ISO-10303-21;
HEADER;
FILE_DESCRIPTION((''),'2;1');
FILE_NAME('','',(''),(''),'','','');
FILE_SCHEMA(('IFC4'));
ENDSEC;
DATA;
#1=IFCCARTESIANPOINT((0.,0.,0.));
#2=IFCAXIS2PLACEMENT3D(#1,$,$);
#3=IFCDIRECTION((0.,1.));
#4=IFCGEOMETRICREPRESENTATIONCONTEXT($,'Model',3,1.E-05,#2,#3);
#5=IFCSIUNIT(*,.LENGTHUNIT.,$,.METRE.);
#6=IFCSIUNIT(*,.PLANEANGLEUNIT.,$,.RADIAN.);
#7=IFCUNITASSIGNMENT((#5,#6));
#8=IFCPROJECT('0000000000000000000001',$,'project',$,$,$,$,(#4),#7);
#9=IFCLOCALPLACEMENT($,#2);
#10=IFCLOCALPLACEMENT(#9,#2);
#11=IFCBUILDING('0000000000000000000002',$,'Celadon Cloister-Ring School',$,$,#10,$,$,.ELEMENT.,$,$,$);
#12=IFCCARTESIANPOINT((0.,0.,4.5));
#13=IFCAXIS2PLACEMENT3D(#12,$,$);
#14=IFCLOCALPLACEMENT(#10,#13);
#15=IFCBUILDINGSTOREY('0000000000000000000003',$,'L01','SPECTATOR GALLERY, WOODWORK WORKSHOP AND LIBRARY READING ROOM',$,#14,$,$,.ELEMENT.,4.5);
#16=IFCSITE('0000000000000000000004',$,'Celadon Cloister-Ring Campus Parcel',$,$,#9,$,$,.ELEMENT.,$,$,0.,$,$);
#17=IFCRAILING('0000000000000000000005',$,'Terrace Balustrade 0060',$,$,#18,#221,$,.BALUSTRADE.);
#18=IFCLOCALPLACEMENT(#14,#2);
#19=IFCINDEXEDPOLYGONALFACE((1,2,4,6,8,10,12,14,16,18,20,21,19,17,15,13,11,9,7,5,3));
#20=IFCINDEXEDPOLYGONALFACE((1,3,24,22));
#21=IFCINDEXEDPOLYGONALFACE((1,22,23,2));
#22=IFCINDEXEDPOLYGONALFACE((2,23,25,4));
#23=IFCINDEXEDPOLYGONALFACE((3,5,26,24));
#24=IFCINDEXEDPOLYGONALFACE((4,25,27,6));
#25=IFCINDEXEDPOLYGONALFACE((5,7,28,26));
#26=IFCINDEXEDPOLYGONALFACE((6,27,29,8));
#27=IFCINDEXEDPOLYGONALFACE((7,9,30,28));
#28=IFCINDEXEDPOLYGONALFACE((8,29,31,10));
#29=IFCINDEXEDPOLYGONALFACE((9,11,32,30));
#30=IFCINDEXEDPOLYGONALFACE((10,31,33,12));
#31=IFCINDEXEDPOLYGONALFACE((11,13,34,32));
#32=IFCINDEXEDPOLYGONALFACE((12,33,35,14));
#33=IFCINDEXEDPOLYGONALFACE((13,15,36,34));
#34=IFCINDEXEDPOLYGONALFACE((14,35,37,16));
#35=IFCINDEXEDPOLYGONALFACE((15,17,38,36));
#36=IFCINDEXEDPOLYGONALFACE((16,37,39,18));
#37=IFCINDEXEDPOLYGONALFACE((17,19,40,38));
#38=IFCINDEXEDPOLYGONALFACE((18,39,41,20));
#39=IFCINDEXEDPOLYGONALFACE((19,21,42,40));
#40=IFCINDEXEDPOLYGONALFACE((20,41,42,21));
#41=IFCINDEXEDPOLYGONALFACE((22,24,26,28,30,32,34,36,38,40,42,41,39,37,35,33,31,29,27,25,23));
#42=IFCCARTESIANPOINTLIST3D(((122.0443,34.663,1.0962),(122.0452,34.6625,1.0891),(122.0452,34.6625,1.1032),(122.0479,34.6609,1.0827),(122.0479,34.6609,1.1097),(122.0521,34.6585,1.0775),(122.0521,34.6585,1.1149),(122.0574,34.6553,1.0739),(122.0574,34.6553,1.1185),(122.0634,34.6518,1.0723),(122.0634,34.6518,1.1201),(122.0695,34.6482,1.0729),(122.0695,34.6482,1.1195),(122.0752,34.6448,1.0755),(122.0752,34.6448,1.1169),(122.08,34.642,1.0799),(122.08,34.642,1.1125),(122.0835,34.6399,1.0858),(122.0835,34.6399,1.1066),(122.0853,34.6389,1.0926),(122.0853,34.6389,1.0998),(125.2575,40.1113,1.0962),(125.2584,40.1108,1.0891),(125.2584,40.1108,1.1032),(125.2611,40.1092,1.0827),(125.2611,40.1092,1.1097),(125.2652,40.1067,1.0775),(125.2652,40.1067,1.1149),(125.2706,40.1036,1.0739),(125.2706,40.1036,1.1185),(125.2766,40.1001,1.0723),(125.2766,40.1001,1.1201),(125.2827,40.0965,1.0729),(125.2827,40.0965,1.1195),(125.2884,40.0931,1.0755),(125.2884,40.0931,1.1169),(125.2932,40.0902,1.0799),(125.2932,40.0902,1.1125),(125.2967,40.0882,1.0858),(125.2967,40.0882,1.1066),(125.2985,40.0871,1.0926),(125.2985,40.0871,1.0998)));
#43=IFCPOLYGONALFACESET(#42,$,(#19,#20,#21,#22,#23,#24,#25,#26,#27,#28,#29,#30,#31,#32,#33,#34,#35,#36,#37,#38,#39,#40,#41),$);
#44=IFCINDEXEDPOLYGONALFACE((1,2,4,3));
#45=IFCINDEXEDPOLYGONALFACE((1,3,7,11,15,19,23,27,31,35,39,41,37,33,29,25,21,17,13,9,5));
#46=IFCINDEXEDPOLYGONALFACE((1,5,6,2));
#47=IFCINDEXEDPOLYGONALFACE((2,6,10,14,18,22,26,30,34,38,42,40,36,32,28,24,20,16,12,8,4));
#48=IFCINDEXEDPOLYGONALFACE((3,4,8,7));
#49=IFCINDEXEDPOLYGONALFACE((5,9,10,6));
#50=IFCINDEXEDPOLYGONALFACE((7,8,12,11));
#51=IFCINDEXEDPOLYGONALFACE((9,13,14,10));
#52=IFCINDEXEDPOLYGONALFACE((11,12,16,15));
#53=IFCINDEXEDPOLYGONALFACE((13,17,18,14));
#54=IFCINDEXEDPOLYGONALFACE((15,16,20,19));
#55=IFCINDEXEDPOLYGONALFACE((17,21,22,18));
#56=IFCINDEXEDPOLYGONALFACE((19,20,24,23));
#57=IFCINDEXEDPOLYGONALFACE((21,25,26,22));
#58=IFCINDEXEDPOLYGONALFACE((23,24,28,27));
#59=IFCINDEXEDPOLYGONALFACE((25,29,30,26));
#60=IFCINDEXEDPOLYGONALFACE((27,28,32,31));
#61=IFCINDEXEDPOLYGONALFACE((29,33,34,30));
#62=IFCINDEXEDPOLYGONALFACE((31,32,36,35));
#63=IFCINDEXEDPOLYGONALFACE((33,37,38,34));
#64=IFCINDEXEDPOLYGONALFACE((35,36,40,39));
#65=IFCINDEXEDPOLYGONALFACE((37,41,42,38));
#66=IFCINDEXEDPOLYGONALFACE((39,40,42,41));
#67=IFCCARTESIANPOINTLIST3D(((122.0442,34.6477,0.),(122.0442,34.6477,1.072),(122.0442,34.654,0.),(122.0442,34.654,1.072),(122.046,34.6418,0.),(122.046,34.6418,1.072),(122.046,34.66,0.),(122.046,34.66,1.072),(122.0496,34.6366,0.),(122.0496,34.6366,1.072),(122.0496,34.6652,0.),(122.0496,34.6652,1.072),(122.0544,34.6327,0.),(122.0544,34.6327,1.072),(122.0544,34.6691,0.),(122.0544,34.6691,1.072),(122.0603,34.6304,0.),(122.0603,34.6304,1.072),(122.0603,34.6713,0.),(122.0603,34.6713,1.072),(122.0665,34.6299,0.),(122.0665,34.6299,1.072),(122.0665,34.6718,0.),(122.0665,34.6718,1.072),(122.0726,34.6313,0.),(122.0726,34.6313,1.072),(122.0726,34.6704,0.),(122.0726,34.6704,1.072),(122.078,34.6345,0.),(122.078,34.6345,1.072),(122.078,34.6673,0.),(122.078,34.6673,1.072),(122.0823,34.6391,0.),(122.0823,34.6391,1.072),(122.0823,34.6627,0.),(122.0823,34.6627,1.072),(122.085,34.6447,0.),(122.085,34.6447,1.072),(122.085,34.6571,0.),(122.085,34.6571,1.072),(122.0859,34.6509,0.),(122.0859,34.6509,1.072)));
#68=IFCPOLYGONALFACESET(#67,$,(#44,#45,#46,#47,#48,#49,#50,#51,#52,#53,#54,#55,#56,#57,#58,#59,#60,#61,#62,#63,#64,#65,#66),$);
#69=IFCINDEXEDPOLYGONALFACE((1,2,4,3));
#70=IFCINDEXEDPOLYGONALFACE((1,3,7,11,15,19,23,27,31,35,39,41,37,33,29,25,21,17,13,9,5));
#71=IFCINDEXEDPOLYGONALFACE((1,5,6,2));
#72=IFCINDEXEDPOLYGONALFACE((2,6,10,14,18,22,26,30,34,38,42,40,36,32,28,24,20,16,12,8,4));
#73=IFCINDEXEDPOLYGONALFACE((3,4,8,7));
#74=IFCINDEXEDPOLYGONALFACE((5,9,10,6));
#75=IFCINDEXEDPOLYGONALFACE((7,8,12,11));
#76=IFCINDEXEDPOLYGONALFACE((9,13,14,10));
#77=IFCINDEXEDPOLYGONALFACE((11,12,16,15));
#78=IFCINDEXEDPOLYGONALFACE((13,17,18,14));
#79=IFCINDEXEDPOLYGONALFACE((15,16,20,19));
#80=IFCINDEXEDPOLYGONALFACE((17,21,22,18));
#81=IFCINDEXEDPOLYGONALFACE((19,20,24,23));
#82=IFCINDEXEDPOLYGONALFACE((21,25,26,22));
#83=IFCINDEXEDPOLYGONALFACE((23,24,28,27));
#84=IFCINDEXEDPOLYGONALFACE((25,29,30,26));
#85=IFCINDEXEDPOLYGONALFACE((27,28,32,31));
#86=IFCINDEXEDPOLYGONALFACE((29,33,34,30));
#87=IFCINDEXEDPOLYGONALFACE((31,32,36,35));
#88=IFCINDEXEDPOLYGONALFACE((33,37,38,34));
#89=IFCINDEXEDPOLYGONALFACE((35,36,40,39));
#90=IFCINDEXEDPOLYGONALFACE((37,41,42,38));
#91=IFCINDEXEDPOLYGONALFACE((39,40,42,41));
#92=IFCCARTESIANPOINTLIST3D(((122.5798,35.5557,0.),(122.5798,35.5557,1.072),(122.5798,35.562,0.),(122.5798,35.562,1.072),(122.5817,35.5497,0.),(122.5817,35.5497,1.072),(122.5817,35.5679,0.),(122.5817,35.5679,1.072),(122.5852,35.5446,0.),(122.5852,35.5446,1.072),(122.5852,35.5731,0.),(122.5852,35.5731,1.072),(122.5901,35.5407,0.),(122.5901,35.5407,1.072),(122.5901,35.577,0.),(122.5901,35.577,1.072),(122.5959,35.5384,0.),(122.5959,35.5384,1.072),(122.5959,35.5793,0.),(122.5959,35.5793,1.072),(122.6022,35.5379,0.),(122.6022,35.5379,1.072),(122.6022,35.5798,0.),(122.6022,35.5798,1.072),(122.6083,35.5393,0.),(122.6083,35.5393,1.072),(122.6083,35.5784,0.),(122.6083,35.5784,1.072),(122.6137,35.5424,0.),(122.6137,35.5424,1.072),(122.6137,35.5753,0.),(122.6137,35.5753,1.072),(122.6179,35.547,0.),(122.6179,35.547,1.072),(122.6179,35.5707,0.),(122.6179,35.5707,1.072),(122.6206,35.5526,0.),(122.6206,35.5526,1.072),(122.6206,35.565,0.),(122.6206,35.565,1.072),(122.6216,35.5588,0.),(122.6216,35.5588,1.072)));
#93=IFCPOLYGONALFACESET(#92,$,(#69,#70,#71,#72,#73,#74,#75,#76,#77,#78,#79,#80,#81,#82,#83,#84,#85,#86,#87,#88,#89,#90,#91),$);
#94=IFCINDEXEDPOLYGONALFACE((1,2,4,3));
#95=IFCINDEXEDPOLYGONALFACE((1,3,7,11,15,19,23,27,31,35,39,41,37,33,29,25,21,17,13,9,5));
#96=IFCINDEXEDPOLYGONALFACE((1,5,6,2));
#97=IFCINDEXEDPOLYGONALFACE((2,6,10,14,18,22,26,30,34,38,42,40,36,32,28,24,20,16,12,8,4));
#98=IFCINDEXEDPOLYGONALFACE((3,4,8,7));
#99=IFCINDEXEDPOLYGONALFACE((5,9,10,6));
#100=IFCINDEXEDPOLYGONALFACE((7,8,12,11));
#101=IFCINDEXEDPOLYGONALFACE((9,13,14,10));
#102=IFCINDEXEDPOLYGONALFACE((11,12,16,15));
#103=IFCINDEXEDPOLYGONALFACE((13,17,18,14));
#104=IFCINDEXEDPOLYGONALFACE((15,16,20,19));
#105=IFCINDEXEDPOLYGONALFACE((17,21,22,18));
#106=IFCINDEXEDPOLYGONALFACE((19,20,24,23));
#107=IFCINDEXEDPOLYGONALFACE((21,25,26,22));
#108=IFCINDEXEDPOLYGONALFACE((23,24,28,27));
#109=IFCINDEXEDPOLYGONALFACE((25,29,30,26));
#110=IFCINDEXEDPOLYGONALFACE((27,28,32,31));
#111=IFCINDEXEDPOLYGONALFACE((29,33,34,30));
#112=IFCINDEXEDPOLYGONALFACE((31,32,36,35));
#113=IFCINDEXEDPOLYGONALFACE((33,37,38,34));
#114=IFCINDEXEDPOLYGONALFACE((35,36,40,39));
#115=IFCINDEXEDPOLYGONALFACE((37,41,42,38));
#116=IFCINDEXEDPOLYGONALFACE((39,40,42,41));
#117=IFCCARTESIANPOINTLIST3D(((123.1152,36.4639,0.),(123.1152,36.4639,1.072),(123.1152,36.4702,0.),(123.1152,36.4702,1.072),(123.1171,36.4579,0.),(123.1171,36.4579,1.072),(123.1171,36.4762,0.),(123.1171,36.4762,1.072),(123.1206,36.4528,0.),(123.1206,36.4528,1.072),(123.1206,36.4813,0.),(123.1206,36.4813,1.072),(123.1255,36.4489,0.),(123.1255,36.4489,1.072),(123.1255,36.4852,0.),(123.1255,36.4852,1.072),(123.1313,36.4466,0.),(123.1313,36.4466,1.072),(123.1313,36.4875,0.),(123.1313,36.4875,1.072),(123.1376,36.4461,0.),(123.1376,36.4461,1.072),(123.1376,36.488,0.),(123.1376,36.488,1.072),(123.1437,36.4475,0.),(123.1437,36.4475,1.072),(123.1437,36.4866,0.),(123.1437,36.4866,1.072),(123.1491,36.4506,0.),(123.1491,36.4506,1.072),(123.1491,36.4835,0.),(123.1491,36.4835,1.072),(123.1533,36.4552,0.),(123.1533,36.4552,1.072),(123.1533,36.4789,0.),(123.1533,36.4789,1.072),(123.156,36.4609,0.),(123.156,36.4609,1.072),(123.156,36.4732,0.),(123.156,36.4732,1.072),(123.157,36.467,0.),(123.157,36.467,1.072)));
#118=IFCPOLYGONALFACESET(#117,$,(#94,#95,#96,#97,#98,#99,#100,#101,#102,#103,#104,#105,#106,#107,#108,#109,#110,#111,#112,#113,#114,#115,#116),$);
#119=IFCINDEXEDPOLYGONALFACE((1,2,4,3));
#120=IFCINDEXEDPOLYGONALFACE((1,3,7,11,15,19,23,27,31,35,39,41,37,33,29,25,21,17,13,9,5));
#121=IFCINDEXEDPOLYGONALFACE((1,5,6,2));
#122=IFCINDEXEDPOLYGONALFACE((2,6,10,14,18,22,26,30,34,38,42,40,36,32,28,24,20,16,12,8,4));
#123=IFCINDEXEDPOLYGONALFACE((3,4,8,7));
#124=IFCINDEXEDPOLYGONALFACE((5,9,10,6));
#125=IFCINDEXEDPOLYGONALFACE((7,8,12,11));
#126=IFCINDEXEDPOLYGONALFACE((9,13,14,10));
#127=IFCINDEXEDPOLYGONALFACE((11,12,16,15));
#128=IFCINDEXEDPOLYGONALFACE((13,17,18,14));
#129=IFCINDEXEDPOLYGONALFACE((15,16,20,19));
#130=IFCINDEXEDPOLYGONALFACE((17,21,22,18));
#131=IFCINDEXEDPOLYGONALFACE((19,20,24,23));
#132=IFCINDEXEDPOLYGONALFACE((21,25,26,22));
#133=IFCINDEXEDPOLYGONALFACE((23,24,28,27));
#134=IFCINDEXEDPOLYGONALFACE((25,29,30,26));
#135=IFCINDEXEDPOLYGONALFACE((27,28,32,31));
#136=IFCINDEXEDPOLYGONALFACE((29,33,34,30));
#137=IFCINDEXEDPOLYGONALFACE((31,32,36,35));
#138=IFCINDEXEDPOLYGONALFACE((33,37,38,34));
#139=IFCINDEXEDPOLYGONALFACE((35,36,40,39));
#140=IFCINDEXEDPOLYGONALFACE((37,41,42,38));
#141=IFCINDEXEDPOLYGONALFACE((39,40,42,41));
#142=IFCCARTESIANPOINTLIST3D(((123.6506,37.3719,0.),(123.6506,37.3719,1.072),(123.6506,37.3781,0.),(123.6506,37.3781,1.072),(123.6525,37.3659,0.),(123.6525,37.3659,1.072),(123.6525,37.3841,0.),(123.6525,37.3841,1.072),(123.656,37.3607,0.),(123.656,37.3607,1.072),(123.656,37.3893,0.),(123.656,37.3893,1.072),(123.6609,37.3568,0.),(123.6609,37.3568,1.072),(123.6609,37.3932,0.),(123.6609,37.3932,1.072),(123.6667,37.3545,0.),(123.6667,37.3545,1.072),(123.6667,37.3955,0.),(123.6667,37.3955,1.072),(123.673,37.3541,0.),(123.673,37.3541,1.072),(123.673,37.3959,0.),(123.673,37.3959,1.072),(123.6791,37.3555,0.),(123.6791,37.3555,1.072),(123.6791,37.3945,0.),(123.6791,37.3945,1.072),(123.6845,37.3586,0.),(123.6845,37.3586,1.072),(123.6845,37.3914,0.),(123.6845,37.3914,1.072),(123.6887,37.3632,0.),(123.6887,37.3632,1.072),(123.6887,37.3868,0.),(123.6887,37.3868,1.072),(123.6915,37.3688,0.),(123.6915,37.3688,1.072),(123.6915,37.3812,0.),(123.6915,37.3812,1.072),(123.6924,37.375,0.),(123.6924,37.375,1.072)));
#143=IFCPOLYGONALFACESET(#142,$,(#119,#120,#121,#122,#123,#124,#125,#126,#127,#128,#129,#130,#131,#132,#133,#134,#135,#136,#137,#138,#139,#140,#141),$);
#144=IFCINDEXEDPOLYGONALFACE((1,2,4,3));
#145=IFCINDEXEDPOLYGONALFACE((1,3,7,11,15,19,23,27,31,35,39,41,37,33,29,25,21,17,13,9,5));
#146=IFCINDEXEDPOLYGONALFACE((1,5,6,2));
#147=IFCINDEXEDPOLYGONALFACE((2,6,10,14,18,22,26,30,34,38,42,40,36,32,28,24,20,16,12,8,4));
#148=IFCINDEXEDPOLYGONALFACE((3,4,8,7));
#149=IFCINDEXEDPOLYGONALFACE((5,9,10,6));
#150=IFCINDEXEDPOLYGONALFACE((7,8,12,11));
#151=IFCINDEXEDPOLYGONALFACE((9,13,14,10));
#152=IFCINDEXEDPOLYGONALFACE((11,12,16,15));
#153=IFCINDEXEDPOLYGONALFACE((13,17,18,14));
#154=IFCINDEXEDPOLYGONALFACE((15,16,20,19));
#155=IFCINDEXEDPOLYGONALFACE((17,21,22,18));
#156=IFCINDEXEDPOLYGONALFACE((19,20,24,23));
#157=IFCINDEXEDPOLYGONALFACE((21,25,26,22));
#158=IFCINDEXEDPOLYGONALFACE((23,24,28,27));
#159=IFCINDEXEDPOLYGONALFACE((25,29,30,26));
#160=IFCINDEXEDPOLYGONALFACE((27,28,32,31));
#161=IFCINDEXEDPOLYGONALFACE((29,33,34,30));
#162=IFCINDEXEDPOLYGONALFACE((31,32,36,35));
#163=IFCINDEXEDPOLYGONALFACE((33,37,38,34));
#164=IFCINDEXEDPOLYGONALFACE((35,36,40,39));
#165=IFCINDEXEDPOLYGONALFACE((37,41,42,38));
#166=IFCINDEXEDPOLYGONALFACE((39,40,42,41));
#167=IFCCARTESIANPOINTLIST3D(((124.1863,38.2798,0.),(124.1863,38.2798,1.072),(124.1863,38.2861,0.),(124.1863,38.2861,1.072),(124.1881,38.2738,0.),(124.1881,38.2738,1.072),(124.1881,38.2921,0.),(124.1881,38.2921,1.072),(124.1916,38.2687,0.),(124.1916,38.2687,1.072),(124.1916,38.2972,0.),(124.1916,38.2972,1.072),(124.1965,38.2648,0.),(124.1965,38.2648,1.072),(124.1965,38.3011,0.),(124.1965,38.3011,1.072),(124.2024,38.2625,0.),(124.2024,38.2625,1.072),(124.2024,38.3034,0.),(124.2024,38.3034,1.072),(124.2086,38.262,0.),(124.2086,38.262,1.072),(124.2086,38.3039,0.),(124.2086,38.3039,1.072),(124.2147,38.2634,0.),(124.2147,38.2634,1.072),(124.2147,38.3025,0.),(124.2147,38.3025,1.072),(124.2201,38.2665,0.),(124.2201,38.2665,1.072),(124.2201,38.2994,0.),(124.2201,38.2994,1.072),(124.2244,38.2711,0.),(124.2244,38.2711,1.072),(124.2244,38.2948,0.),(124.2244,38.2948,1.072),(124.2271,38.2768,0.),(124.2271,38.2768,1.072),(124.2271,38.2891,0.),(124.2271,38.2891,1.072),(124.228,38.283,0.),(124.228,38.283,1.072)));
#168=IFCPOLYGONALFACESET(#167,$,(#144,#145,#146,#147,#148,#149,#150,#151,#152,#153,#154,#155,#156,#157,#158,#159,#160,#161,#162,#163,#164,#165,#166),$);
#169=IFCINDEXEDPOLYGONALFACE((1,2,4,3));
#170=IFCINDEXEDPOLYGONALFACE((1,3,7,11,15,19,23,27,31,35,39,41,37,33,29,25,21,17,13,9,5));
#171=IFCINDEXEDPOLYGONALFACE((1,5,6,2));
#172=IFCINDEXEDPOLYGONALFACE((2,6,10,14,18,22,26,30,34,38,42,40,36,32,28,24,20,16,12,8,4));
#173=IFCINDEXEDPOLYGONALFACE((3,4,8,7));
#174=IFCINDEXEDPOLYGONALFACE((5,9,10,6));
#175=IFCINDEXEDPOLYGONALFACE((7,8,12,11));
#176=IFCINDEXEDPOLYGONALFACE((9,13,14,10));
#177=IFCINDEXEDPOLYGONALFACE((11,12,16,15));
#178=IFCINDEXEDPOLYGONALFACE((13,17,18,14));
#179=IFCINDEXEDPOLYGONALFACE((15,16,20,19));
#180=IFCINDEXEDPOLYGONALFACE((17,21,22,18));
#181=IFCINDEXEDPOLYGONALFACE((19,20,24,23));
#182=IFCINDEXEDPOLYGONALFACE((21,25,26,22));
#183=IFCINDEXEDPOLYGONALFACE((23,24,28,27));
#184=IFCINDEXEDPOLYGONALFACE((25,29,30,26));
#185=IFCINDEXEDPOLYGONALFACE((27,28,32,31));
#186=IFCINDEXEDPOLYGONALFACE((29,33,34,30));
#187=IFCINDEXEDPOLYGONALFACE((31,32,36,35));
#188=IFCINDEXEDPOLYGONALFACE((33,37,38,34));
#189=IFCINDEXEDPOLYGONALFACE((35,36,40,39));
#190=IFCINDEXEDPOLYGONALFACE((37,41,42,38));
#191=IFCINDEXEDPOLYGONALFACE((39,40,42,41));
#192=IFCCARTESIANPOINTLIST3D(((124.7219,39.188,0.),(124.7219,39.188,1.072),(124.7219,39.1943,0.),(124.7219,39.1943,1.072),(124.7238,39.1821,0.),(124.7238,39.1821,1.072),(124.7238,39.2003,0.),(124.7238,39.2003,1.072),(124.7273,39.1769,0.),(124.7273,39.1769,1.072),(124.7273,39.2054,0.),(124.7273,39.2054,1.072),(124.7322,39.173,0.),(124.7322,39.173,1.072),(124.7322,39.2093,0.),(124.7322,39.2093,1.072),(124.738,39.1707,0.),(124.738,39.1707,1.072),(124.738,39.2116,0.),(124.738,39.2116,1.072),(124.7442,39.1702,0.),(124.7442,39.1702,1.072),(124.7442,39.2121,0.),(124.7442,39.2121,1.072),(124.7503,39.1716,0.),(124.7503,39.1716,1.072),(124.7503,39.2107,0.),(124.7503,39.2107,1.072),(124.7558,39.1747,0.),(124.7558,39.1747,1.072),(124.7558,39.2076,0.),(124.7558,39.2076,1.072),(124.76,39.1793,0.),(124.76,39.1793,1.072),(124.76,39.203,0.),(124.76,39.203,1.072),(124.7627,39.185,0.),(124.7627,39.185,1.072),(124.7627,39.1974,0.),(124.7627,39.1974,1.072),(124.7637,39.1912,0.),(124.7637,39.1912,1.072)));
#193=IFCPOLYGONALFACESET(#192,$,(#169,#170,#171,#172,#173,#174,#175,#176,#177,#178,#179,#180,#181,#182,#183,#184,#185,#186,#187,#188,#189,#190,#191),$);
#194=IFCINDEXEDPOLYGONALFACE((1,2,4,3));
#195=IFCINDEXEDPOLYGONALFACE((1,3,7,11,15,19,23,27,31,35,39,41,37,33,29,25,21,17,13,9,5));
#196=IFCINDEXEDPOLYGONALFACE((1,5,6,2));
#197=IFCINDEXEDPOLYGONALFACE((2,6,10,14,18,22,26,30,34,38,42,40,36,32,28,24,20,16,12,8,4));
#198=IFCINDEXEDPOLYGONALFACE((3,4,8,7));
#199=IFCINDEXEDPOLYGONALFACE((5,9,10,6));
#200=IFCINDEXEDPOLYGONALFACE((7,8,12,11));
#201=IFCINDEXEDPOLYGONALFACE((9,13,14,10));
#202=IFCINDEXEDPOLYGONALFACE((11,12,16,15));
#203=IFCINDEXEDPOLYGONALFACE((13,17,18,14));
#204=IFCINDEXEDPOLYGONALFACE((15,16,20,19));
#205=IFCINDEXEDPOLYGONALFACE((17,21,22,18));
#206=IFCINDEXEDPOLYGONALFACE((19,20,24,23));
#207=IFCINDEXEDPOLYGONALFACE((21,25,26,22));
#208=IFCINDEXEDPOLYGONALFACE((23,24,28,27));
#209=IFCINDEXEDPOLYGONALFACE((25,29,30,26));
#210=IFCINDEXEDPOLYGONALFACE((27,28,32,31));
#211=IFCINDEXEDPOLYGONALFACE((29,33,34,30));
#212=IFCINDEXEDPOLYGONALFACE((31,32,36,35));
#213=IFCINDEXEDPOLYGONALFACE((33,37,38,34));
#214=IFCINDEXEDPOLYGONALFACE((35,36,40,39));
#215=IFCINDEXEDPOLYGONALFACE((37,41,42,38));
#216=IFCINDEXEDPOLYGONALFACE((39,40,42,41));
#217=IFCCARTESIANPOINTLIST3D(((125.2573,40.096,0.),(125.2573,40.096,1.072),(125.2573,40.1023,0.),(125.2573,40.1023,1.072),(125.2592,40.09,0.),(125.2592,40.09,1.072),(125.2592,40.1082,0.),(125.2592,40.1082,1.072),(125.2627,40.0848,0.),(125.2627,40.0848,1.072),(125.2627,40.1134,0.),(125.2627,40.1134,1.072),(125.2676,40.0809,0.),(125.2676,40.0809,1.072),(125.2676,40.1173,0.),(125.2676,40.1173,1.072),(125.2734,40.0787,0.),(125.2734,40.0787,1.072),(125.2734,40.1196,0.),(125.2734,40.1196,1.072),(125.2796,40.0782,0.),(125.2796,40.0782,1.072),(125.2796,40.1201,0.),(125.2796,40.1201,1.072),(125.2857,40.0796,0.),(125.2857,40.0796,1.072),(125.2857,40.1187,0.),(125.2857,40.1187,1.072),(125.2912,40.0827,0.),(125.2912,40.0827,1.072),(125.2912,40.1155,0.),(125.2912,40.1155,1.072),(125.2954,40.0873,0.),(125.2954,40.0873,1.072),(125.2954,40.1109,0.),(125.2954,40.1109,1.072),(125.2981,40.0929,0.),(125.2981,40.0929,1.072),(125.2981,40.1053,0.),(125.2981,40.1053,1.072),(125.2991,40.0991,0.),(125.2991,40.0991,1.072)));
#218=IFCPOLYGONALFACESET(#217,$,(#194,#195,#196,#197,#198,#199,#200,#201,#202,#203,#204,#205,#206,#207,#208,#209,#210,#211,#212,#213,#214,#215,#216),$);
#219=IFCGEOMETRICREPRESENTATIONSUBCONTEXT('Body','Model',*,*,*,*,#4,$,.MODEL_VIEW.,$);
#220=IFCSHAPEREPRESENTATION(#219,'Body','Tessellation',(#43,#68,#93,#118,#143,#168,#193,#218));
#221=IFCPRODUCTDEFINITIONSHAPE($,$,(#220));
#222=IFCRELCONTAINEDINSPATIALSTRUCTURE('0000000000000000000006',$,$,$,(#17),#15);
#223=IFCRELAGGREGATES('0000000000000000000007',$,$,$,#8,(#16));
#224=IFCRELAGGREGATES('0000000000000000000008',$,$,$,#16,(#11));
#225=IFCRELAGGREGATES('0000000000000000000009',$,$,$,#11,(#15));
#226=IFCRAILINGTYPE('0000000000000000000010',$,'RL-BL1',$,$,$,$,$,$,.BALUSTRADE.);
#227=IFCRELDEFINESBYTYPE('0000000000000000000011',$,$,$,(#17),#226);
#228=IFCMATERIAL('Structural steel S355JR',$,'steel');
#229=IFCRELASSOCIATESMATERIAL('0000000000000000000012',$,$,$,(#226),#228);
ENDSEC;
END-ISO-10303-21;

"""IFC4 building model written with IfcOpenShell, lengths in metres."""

from ifc_helpers import new_model, si_unit, direction, frame, origin, origin_2d, place, context, subcontext, project, spatial, circle, extrude, material, type_object, element, save


model = new_model("IFC4")

# Units and contexts
model_context = context("Model", 3, precision=1e-05, world=origin(), true_north=direction((0.0, 1.0)))
body_context = subcontext(model_context, "Body", "Model", "MODEL_VIEW")
ifc_project = project(units=[si_unit("LENGTHUNIT", "METRE"), si_unit("PLANEANGLEUNIT", "RADIAN")], contexts=[model_context])

# Site, building, storey
site_placement = place(None, origin())
site = spatial("IfcSite", under=ifc_project, at=site_placement, Name="Celadon Cloister-Ring Campus Parcel", CompositionType="ELEMENT", RefElevation=0.0)
building_placement = place(site_placement, origin())
building = spatial("IfcBuilding", under=site, at=building_placement, Name="Celadon Cloister-Ring School", CompositionType="ELEMENT")
storey_placement = place(building_placement, frame((0.0, 0.0, 4.5)))
storey = spatial("IfcBuildingStorey", under=building, at=storey_placement, Name="L01", Description="SPECTATOR GALLERY, WOODWORK WORKSHOP AND LIBRARY READING ROOM", CompositionType="ELEMENT", Elevation=4.5)

# Railing
ifc_material_1 = material(Name="Structural steel S355JR", Category="steel")
railing_type = type_object("IfcRailingType", Name="RL-BL1", PredefinedType="BALUSTRADE", material=ifc_material_1)
railing_placement = place(storey_placement, frame((122.0649, 34.6509, 0.0)))
element("IfcRailing", 1, at=railing_placement, inside=storey, type_object=railing_type, Name="Terrace Balustrade 0060", PredefinedType="BALUSTRADE", context=body_context, shape_type="SweptSolid", body=[
    extrude(circle(Radius=0.0239, at=origin_2d()), frame((0.0, 0.0, 1.0962), z_axis=(0.507993, 0.861361, 0.0), x_axis=(-0.861361, 0.507993, 0.0)), (0.0, 0.0, 1.0), 6.3252),
    extrude(circle(Radius=0.021, at=origin_2d()), origin(), (0.0, 0.0, 1.0), 1.072),
    extrude(circle(Radius=0.021, at=origin_2d()), frame((0.5356, 0.908, 0.0)), (0.0, 0.0, 1.0), 1.072),
    extrude(circle(Radius=0.021, at=origin_2d()), frame((1.071, 1.8162, 0.0)), (0.0, 0.0, 1.0), 1.072),
    extrude(circle(Radius=0.021, at=origin_2d()), frame((1.6064, 2.7241, 0.0)), (0.0, 0.0, 1.0), 1.072),
    extrude(circle(Radius=0.021, at=origin_2d()), frame((2.1421, 3.6321, 0.0)), (0.0, 0.0, 1.0), 1.072),
    extrude(circle(Radius=0.021, at=origin_2d()), frame((2.6777, 4.5403, 0.0)), (0.0, 0.0, 1.0), 1.072),
    extrude(circle(Radius=0.021, at=origin_2d()), frame((3.2131, 5.4482, 0.0)), (0.0, 0.0, 1.0), 1.072),
])

save(model, "model.ifc")
